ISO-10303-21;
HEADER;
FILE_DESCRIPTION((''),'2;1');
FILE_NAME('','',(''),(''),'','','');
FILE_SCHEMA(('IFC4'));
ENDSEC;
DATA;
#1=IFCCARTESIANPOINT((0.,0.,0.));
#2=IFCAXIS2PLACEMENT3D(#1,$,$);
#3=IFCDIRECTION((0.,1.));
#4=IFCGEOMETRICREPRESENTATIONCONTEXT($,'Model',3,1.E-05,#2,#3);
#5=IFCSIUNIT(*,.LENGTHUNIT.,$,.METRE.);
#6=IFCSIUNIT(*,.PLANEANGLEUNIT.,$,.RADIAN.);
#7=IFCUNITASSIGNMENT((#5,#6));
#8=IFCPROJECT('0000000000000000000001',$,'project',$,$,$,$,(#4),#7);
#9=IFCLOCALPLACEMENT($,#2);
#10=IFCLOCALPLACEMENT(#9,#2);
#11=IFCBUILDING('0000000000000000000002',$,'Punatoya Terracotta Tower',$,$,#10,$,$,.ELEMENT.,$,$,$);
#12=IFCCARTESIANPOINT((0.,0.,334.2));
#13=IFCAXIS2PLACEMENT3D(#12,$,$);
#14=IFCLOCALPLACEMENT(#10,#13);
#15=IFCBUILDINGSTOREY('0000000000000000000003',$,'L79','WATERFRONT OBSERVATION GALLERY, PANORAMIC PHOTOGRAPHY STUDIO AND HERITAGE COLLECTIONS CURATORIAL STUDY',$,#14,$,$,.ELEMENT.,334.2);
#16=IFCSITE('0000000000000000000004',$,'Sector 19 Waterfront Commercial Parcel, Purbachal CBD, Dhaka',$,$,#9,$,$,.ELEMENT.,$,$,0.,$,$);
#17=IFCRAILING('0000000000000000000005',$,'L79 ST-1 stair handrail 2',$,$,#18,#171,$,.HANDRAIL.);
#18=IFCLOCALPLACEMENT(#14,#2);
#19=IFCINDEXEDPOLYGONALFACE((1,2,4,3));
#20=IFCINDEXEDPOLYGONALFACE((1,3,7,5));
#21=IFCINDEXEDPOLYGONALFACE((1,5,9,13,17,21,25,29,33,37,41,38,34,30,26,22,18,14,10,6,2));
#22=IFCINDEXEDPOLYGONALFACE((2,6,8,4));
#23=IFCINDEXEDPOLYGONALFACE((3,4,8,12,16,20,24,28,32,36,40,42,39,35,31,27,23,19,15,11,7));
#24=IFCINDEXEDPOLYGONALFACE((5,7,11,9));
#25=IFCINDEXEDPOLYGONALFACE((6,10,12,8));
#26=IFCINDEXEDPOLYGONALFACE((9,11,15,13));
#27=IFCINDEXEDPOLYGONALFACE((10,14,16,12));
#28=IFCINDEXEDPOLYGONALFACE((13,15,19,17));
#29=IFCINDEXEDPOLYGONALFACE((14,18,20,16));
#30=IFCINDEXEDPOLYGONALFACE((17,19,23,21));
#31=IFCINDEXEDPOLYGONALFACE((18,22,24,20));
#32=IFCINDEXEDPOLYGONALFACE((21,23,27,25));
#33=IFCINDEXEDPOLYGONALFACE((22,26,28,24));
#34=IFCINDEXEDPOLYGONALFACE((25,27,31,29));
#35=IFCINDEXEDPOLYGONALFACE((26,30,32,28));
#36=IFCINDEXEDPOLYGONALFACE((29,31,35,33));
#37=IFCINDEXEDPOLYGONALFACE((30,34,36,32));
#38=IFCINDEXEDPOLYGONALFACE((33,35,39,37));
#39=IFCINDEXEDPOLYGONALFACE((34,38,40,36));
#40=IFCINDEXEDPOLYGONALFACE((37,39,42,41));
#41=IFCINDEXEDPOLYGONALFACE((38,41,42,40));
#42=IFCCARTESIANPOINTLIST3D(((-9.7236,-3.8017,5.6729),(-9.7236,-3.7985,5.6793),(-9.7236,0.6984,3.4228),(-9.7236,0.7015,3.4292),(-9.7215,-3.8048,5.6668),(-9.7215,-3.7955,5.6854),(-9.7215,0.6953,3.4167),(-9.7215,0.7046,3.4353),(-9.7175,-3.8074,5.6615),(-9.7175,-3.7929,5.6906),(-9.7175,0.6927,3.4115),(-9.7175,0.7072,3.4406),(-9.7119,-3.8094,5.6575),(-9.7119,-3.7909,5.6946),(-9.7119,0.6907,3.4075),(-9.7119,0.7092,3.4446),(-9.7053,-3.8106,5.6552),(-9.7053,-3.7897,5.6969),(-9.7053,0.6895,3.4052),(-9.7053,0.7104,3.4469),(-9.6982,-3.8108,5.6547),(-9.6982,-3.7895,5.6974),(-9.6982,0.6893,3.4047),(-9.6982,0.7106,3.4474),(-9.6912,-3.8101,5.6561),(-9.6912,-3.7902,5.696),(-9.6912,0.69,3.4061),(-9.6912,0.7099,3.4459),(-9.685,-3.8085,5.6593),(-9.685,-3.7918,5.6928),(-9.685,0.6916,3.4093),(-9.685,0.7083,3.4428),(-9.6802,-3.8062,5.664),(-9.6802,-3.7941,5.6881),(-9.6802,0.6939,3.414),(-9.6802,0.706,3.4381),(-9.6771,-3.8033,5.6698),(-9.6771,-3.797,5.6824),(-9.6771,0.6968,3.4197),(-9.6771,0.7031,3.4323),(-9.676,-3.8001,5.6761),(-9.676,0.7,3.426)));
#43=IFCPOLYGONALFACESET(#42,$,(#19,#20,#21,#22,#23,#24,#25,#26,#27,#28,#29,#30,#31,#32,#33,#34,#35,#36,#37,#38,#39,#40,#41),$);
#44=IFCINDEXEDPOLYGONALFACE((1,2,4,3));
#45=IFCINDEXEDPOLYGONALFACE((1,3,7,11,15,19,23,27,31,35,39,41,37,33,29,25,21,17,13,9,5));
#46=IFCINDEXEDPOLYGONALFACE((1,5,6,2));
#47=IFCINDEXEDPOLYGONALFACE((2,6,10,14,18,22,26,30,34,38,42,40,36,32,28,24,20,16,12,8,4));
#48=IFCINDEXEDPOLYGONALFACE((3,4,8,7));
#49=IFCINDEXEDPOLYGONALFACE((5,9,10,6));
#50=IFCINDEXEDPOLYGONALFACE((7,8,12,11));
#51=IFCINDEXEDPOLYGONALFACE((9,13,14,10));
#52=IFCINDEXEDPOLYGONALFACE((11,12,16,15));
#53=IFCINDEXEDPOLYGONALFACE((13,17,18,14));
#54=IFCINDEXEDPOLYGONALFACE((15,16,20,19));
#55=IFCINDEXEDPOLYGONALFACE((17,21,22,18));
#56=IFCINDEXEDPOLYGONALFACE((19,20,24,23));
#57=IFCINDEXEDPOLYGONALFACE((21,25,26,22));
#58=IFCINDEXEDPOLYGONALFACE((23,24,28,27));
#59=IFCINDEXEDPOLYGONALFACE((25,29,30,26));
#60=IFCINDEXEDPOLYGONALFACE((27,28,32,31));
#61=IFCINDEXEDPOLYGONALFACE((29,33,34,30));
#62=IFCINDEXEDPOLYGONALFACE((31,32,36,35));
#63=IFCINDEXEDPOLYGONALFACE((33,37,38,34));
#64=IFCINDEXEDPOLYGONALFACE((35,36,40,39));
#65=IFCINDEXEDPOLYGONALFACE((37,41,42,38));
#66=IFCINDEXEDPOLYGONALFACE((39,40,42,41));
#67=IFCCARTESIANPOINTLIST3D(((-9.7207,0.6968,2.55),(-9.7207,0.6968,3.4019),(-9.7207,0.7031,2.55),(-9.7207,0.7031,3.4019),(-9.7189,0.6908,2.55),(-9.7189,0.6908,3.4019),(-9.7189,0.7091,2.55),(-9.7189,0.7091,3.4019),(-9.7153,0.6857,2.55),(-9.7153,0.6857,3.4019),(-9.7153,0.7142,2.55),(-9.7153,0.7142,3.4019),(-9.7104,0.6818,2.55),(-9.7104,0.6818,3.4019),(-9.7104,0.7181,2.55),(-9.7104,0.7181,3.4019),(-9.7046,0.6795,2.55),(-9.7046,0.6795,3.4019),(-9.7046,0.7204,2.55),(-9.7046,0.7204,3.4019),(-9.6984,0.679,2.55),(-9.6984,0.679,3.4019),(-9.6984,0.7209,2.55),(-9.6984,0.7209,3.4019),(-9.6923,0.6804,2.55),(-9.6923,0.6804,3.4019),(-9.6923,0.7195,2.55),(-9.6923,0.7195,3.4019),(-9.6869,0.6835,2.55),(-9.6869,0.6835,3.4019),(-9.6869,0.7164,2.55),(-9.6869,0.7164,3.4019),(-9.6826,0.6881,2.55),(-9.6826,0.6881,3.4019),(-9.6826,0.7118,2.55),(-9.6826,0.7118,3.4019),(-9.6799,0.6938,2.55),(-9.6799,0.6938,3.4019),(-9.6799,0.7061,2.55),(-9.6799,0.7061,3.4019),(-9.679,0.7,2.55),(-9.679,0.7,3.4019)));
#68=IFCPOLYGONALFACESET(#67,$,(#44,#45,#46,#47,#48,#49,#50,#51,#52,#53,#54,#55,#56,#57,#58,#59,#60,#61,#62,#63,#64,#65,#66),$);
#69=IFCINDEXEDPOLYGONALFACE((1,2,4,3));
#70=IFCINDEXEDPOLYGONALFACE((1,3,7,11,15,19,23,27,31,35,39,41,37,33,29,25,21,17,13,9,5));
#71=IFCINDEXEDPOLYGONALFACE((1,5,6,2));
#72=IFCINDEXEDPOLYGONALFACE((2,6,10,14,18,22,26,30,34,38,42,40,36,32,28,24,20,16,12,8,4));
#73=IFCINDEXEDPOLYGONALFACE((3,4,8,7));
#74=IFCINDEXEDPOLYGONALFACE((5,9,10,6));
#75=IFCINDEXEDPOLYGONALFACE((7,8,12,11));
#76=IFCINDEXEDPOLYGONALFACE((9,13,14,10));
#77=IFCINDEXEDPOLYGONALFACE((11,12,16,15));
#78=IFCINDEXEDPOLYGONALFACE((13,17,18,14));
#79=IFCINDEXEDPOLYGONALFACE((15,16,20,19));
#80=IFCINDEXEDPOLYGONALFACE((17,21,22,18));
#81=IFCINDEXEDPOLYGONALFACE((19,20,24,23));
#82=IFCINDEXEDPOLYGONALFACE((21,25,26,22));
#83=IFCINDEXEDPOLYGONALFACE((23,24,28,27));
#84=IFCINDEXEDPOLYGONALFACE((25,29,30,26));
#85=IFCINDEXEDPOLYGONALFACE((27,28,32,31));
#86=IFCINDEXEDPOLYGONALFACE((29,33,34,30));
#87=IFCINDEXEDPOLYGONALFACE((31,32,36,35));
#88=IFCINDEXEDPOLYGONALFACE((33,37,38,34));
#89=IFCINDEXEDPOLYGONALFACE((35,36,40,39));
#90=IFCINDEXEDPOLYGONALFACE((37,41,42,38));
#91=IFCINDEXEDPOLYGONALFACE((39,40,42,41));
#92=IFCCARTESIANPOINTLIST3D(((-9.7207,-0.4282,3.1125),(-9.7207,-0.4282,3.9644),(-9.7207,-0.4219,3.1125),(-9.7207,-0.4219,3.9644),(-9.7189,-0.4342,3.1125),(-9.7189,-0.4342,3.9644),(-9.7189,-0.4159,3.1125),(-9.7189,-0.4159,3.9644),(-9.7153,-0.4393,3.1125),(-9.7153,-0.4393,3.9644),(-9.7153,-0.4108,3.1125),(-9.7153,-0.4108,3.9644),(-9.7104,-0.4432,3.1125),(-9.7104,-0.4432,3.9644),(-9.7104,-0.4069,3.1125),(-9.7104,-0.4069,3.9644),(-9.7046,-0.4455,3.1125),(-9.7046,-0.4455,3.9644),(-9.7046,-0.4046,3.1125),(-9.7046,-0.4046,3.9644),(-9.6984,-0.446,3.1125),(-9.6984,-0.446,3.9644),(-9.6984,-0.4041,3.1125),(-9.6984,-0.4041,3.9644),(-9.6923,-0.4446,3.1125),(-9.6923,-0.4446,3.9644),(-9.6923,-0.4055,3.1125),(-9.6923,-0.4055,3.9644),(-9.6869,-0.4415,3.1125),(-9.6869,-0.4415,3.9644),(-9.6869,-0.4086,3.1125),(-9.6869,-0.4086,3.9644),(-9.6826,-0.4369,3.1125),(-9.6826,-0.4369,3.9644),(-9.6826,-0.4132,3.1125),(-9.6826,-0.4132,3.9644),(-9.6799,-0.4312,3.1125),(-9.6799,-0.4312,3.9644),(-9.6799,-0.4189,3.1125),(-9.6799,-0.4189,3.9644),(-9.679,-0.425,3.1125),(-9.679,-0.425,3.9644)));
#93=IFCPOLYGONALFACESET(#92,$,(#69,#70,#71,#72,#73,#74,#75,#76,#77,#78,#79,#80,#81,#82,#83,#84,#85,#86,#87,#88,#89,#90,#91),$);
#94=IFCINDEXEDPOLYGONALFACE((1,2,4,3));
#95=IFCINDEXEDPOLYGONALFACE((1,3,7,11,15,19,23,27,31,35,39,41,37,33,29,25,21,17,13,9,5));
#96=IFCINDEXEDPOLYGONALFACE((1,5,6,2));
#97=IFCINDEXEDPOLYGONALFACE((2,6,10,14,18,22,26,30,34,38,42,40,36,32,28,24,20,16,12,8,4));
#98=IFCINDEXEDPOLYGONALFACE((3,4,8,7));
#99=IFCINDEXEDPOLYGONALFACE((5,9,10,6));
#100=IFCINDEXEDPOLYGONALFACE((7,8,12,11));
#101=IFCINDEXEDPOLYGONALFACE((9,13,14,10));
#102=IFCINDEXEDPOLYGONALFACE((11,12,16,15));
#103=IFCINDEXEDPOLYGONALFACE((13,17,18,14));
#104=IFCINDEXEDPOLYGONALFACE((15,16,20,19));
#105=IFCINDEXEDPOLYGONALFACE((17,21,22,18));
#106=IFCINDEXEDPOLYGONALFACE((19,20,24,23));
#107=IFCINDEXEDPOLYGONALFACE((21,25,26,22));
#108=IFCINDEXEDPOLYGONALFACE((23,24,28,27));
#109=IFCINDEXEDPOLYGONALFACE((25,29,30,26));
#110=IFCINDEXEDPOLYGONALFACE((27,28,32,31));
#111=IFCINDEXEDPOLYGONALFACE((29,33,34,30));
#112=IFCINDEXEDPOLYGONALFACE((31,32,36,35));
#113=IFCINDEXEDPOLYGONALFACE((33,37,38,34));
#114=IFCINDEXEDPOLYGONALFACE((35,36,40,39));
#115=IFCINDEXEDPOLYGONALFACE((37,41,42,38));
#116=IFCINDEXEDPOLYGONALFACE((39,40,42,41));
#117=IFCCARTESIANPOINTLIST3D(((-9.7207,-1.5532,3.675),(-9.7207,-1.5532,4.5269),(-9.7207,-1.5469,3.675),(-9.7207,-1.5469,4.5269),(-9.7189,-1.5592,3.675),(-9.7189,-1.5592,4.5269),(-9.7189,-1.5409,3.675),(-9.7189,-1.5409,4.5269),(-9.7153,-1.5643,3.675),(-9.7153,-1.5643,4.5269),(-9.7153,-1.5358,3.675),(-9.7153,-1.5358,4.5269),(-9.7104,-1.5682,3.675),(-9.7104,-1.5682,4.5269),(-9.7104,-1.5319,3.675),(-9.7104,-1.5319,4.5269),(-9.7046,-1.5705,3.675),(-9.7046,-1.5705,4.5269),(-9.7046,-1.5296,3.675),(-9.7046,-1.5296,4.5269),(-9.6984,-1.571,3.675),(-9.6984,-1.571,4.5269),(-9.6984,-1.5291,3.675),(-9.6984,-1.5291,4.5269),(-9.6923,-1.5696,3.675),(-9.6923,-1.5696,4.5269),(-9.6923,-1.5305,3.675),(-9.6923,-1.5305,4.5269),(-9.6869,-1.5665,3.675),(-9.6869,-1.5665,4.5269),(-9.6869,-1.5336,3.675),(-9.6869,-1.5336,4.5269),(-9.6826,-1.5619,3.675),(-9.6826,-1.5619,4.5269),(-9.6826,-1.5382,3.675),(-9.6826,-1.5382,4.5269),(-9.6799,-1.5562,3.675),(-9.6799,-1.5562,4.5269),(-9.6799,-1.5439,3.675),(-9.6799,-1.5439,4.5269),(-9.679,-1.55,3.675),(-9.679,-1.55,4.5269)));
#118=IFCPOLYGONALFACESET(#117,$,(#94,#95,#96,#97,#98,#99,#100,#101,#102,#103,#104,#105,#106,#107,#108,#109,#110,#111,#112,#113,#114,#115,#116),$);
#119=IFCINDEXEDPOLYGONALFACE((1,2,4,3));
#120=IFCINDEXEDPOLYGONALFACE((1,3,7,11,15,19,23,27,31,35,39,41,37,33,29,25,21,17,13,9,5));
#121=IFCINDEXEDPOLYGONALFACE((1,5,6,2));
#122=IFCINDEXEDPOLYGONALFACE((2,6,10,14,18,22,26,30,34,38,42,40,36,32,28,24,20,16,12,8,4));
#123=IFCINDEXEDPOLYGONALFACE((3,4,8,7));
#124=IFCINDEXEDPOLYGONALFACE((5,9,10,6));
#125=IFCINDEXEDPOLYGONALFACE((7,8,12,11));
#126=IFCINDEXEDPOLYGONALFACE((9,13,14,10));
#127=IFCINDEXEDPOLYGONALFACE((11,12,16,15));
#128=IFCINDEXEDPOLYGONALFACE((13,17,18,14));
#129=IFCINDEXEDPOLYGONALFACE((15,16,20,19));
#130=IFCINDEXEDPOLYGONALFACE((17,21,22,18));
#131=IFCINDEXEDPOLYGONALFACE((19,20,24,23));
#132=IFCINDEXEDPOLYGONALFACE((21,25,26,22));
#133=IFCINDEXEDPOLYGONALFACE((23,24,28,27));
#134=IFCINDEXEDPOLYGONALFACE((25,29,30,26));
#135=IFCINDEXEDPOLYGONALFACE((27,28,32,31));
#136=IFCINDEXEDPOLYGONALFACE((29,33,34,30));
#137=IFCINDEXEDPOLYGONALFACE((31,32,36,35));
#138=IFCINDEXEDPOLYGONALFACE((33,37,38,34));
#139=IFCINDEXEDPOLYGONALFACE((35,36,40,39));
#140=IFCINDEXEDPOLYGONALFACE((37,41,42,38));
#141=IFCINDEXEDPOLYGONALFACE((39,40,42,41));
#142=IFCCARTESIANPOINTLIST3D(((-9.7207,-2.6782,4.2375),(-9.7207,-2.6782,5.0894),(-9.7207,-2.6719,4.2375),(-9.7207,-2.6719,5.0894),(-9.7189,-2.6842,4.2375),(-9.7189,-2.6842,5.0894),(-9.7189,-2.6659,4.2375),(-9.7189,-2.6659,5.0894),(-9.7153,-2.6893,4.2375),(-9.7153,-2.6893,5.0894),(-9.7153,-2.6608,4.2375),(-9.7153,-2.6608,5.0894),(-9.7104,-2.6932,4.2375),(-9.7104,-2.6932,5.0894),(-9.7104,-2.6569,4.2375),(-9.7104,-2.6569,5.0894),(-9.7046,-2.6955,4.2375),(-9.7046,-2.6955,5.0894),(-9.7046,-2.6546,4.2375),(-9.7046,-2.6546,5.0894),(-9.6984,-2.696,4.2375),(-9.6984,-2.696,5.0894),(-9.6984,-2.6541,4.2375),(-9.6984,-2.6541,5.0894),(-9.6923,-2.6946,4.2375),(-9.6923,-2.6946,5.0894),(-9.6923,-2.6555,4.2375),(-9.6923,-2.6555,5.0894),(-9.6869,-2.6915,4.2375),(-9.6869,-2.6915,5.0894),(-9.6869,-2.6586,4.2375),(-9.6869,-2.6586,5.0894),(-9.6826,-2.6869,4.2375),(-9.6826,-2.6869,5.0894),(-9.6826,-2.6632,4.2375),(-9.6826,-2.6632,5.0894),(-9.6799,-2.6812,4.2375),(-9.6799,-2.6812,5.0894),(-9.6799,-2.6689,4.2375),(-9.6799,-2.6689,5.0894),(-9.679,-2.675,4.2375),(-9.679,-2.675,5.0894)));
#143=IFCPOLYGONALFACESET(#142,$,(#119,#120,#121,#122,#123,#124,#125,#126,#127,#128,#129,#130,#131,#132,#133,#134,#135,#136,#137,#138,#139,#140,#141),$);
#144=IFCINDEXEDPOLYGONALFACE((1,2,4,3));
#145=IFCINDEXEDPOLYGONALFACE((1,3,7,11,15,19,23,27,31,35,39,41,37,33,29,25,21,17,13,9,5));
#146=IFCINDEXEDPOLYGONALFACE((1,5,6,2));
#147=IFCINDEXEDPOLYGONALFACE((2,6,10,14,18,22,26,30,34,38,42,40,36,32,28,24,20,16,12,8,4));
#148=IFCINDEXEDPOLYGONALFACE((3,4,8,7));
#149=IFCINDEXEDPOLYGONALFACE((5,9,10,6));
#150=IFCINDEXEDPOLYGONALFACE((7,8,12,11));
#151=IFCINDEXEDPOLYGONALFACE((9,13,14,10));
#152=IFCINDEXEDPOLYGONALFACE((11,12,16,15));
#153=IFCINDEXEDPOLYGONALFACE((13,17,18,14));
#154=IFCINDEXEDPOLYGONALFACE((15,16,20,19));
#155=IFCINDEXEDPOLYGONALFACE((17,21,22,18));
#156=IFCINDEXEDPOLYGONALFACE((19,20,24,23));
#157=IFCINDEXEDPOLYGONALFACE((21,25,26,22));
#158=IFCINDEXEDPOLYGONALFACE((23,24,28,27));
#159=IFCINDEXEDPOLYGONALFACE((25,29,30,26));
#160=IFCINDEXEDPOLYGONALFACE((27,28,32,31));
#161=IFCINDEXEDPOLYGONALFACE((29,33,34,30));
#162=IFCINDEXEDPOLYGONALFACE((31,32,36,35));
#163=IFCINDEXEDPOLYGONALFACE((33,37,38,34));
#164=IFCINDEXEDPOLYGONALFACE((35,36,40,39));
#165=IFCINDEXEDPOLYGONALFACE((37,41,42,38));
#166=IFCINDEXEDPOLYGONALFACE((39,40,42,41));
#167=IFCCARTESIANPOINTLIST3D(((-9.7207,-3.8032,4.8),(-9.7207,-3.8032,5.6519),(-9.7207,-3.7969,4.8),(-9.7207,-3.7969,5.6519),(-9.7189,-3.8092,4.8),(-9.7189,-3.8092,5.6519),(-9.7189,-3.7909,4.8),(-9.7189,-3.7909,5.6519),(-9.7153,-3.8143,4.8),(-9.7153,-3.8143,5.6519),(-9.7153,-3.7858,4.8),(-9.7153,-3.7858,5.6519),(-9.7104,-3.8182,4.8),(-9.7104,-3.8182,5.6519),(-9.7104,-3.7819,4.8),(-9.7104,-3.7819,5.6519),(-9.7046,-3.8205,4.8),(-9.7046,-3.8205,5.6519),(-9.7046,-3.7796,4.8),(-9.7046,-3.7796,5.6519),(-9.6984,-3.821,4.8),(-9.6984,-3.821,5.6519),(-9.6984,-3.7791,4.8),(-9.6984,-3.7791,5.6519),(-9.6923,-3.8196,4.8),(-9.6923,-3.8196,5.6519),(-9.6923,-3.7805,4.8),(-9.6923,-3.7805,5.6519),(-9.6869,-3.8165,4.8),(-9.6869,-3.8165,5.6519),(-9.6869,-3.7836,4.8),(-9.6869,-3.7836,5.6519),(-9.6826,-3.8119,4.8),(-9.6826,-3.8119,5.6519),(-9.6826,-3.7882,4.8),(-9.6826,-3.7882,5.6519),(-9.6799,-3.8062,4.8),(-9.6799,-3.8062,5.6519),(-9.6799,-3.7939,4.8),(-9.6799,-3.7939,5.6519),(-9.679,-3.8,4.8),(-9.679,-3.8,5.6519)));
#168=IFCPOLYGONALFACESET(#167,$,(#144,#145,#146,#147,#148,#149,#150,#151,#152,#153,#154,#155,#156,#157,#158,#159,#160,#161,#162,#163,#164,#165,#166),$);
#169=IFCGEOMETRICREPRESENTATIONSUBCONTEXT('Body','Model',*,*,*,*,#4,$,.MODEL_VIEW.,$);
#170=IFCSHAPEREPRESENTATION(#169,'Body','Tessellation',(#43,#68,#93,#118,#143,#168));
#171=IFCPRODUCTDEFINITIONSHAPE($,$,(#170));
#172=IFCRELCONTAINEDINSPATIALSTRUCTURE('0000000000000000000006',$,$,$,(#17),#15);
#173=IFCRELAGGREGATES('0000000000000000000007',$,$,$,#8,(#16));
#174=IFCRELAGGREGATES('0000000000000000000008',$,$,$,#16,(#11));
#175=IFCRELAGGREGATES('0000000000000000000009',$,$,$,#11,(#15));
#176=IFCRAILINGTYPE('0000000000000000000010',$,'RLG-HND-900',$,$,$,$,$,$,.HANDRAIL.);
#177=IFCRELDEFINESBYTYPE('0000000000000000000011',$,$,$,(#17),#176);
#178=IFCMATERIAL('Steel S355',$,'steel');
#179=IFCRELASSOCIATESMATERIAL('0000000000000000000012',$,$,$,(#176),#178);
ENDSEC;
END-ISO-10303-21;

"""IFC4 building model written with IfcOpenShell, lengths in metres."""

from ifc_helpers import new_model, si_unit, direction, frame, origin, origin_2d, place, context, subcontext, project, spatial, circle, extrude, material, type_object, element, save


model = new_model("IFC4")

# Units and contexts
model_context = context("Model", 3, precision=1e-05, world=origin(), true_north=direction((0.0, 1.0)))
body_context = subcontext(model_context, "Body", "Model", "MODEL_VIEW")
ifc_project = project(units=[si_unit("LENGTHUNIT", "METRE"), si_unit("PLANEANGLEUNIT", "RADIAN")], contexts=[model_context])

# Site, building, storey
site_placement = place(None, origin())
site = spatial("IfcSite", under=ifc_project, at=site_placement, Name="Sector 19 Waterfront Commercial Parcel, Purbachal CBD, Dhaka", CompositionType="ELEMENT", RefElevation=0.0)
building_placement = place(site_placement, origin())
building = spatial("IfcBuilding", under=site, at=building_placement, Name="Punatoya Terracotta Tower", CompositionType="ELEMENT")
storey_placement = place(building_placement, frame((0.0, 0.0, 334.2)))
storey = spatial("IfcBuildingStorey", under=building, at=storey_placement, Name="L79", Description="WATERFRONT OBSERVATION GALLERY, PANORAMIC PHOTOGRAPHY STUDIO AND HERITAGE COLLECTIONS CURATORIAL STUDY", CompositionType="ELEMENT", Elevation=334.2)

# Shared definitions
ifc_material_1 = material(Name="Steel S355", Category="steel")

# Railing
railing_type_1 = type_object("IfcRailingType", Name="RLG-HND-900", PredefinedType="HANDRAIL", material=ifc_material_1)
railing_1_placement = place(storey_placement, frame((-9.7, 0.7, 2.55)))
element("IfcRailing", 1, at=railing_1_placement, inside=storey, type_object=railing_type_1, Name="L79 ST-1 stair handrail 2", PredefinedType="HANDRAIL", context=body_context, shape_type="SweptSolid", body=[
    extrude(circle(Radius=0.0239, at=origin_2d()), frame((0.0, 0.0, 0.876), z_axis=(0.0, -0.894427, 0.447214), x_axis=(1.0, 0.0, 0.0)), (0.0, 0.0, 1.0), 5.0312),
    extrude(circle(Radius=0.021, at=origin_2d()), origin(), (0.0, 0.0, 1.0), 0.8518),
    extrude(circle(Radius=0.021, at=origin_2d()), frame((0.0, -1.125, 0.5625)), (0.0, 0.0, 1.0), 0.8518),
    extrude(circle(Radius=0.021, at=origin_2d()), frame((0.0, -2.25, 1.125)), (0.0, 0.0, 1.0), 0.8518),
    extrude(circle(Radius=0.021, at=origin_2d()), frame((0.0, -3.375, 1.6875)), (0.0, 0.0, 1.0), 0.8518),
    extrude(circle(Radius=0.021, at=origin_2d()), frame((0.0, -4.5, 2.25)), (0.0, 0.0, 1.0), 0.8518),
])

save(model, "model.ifc")
